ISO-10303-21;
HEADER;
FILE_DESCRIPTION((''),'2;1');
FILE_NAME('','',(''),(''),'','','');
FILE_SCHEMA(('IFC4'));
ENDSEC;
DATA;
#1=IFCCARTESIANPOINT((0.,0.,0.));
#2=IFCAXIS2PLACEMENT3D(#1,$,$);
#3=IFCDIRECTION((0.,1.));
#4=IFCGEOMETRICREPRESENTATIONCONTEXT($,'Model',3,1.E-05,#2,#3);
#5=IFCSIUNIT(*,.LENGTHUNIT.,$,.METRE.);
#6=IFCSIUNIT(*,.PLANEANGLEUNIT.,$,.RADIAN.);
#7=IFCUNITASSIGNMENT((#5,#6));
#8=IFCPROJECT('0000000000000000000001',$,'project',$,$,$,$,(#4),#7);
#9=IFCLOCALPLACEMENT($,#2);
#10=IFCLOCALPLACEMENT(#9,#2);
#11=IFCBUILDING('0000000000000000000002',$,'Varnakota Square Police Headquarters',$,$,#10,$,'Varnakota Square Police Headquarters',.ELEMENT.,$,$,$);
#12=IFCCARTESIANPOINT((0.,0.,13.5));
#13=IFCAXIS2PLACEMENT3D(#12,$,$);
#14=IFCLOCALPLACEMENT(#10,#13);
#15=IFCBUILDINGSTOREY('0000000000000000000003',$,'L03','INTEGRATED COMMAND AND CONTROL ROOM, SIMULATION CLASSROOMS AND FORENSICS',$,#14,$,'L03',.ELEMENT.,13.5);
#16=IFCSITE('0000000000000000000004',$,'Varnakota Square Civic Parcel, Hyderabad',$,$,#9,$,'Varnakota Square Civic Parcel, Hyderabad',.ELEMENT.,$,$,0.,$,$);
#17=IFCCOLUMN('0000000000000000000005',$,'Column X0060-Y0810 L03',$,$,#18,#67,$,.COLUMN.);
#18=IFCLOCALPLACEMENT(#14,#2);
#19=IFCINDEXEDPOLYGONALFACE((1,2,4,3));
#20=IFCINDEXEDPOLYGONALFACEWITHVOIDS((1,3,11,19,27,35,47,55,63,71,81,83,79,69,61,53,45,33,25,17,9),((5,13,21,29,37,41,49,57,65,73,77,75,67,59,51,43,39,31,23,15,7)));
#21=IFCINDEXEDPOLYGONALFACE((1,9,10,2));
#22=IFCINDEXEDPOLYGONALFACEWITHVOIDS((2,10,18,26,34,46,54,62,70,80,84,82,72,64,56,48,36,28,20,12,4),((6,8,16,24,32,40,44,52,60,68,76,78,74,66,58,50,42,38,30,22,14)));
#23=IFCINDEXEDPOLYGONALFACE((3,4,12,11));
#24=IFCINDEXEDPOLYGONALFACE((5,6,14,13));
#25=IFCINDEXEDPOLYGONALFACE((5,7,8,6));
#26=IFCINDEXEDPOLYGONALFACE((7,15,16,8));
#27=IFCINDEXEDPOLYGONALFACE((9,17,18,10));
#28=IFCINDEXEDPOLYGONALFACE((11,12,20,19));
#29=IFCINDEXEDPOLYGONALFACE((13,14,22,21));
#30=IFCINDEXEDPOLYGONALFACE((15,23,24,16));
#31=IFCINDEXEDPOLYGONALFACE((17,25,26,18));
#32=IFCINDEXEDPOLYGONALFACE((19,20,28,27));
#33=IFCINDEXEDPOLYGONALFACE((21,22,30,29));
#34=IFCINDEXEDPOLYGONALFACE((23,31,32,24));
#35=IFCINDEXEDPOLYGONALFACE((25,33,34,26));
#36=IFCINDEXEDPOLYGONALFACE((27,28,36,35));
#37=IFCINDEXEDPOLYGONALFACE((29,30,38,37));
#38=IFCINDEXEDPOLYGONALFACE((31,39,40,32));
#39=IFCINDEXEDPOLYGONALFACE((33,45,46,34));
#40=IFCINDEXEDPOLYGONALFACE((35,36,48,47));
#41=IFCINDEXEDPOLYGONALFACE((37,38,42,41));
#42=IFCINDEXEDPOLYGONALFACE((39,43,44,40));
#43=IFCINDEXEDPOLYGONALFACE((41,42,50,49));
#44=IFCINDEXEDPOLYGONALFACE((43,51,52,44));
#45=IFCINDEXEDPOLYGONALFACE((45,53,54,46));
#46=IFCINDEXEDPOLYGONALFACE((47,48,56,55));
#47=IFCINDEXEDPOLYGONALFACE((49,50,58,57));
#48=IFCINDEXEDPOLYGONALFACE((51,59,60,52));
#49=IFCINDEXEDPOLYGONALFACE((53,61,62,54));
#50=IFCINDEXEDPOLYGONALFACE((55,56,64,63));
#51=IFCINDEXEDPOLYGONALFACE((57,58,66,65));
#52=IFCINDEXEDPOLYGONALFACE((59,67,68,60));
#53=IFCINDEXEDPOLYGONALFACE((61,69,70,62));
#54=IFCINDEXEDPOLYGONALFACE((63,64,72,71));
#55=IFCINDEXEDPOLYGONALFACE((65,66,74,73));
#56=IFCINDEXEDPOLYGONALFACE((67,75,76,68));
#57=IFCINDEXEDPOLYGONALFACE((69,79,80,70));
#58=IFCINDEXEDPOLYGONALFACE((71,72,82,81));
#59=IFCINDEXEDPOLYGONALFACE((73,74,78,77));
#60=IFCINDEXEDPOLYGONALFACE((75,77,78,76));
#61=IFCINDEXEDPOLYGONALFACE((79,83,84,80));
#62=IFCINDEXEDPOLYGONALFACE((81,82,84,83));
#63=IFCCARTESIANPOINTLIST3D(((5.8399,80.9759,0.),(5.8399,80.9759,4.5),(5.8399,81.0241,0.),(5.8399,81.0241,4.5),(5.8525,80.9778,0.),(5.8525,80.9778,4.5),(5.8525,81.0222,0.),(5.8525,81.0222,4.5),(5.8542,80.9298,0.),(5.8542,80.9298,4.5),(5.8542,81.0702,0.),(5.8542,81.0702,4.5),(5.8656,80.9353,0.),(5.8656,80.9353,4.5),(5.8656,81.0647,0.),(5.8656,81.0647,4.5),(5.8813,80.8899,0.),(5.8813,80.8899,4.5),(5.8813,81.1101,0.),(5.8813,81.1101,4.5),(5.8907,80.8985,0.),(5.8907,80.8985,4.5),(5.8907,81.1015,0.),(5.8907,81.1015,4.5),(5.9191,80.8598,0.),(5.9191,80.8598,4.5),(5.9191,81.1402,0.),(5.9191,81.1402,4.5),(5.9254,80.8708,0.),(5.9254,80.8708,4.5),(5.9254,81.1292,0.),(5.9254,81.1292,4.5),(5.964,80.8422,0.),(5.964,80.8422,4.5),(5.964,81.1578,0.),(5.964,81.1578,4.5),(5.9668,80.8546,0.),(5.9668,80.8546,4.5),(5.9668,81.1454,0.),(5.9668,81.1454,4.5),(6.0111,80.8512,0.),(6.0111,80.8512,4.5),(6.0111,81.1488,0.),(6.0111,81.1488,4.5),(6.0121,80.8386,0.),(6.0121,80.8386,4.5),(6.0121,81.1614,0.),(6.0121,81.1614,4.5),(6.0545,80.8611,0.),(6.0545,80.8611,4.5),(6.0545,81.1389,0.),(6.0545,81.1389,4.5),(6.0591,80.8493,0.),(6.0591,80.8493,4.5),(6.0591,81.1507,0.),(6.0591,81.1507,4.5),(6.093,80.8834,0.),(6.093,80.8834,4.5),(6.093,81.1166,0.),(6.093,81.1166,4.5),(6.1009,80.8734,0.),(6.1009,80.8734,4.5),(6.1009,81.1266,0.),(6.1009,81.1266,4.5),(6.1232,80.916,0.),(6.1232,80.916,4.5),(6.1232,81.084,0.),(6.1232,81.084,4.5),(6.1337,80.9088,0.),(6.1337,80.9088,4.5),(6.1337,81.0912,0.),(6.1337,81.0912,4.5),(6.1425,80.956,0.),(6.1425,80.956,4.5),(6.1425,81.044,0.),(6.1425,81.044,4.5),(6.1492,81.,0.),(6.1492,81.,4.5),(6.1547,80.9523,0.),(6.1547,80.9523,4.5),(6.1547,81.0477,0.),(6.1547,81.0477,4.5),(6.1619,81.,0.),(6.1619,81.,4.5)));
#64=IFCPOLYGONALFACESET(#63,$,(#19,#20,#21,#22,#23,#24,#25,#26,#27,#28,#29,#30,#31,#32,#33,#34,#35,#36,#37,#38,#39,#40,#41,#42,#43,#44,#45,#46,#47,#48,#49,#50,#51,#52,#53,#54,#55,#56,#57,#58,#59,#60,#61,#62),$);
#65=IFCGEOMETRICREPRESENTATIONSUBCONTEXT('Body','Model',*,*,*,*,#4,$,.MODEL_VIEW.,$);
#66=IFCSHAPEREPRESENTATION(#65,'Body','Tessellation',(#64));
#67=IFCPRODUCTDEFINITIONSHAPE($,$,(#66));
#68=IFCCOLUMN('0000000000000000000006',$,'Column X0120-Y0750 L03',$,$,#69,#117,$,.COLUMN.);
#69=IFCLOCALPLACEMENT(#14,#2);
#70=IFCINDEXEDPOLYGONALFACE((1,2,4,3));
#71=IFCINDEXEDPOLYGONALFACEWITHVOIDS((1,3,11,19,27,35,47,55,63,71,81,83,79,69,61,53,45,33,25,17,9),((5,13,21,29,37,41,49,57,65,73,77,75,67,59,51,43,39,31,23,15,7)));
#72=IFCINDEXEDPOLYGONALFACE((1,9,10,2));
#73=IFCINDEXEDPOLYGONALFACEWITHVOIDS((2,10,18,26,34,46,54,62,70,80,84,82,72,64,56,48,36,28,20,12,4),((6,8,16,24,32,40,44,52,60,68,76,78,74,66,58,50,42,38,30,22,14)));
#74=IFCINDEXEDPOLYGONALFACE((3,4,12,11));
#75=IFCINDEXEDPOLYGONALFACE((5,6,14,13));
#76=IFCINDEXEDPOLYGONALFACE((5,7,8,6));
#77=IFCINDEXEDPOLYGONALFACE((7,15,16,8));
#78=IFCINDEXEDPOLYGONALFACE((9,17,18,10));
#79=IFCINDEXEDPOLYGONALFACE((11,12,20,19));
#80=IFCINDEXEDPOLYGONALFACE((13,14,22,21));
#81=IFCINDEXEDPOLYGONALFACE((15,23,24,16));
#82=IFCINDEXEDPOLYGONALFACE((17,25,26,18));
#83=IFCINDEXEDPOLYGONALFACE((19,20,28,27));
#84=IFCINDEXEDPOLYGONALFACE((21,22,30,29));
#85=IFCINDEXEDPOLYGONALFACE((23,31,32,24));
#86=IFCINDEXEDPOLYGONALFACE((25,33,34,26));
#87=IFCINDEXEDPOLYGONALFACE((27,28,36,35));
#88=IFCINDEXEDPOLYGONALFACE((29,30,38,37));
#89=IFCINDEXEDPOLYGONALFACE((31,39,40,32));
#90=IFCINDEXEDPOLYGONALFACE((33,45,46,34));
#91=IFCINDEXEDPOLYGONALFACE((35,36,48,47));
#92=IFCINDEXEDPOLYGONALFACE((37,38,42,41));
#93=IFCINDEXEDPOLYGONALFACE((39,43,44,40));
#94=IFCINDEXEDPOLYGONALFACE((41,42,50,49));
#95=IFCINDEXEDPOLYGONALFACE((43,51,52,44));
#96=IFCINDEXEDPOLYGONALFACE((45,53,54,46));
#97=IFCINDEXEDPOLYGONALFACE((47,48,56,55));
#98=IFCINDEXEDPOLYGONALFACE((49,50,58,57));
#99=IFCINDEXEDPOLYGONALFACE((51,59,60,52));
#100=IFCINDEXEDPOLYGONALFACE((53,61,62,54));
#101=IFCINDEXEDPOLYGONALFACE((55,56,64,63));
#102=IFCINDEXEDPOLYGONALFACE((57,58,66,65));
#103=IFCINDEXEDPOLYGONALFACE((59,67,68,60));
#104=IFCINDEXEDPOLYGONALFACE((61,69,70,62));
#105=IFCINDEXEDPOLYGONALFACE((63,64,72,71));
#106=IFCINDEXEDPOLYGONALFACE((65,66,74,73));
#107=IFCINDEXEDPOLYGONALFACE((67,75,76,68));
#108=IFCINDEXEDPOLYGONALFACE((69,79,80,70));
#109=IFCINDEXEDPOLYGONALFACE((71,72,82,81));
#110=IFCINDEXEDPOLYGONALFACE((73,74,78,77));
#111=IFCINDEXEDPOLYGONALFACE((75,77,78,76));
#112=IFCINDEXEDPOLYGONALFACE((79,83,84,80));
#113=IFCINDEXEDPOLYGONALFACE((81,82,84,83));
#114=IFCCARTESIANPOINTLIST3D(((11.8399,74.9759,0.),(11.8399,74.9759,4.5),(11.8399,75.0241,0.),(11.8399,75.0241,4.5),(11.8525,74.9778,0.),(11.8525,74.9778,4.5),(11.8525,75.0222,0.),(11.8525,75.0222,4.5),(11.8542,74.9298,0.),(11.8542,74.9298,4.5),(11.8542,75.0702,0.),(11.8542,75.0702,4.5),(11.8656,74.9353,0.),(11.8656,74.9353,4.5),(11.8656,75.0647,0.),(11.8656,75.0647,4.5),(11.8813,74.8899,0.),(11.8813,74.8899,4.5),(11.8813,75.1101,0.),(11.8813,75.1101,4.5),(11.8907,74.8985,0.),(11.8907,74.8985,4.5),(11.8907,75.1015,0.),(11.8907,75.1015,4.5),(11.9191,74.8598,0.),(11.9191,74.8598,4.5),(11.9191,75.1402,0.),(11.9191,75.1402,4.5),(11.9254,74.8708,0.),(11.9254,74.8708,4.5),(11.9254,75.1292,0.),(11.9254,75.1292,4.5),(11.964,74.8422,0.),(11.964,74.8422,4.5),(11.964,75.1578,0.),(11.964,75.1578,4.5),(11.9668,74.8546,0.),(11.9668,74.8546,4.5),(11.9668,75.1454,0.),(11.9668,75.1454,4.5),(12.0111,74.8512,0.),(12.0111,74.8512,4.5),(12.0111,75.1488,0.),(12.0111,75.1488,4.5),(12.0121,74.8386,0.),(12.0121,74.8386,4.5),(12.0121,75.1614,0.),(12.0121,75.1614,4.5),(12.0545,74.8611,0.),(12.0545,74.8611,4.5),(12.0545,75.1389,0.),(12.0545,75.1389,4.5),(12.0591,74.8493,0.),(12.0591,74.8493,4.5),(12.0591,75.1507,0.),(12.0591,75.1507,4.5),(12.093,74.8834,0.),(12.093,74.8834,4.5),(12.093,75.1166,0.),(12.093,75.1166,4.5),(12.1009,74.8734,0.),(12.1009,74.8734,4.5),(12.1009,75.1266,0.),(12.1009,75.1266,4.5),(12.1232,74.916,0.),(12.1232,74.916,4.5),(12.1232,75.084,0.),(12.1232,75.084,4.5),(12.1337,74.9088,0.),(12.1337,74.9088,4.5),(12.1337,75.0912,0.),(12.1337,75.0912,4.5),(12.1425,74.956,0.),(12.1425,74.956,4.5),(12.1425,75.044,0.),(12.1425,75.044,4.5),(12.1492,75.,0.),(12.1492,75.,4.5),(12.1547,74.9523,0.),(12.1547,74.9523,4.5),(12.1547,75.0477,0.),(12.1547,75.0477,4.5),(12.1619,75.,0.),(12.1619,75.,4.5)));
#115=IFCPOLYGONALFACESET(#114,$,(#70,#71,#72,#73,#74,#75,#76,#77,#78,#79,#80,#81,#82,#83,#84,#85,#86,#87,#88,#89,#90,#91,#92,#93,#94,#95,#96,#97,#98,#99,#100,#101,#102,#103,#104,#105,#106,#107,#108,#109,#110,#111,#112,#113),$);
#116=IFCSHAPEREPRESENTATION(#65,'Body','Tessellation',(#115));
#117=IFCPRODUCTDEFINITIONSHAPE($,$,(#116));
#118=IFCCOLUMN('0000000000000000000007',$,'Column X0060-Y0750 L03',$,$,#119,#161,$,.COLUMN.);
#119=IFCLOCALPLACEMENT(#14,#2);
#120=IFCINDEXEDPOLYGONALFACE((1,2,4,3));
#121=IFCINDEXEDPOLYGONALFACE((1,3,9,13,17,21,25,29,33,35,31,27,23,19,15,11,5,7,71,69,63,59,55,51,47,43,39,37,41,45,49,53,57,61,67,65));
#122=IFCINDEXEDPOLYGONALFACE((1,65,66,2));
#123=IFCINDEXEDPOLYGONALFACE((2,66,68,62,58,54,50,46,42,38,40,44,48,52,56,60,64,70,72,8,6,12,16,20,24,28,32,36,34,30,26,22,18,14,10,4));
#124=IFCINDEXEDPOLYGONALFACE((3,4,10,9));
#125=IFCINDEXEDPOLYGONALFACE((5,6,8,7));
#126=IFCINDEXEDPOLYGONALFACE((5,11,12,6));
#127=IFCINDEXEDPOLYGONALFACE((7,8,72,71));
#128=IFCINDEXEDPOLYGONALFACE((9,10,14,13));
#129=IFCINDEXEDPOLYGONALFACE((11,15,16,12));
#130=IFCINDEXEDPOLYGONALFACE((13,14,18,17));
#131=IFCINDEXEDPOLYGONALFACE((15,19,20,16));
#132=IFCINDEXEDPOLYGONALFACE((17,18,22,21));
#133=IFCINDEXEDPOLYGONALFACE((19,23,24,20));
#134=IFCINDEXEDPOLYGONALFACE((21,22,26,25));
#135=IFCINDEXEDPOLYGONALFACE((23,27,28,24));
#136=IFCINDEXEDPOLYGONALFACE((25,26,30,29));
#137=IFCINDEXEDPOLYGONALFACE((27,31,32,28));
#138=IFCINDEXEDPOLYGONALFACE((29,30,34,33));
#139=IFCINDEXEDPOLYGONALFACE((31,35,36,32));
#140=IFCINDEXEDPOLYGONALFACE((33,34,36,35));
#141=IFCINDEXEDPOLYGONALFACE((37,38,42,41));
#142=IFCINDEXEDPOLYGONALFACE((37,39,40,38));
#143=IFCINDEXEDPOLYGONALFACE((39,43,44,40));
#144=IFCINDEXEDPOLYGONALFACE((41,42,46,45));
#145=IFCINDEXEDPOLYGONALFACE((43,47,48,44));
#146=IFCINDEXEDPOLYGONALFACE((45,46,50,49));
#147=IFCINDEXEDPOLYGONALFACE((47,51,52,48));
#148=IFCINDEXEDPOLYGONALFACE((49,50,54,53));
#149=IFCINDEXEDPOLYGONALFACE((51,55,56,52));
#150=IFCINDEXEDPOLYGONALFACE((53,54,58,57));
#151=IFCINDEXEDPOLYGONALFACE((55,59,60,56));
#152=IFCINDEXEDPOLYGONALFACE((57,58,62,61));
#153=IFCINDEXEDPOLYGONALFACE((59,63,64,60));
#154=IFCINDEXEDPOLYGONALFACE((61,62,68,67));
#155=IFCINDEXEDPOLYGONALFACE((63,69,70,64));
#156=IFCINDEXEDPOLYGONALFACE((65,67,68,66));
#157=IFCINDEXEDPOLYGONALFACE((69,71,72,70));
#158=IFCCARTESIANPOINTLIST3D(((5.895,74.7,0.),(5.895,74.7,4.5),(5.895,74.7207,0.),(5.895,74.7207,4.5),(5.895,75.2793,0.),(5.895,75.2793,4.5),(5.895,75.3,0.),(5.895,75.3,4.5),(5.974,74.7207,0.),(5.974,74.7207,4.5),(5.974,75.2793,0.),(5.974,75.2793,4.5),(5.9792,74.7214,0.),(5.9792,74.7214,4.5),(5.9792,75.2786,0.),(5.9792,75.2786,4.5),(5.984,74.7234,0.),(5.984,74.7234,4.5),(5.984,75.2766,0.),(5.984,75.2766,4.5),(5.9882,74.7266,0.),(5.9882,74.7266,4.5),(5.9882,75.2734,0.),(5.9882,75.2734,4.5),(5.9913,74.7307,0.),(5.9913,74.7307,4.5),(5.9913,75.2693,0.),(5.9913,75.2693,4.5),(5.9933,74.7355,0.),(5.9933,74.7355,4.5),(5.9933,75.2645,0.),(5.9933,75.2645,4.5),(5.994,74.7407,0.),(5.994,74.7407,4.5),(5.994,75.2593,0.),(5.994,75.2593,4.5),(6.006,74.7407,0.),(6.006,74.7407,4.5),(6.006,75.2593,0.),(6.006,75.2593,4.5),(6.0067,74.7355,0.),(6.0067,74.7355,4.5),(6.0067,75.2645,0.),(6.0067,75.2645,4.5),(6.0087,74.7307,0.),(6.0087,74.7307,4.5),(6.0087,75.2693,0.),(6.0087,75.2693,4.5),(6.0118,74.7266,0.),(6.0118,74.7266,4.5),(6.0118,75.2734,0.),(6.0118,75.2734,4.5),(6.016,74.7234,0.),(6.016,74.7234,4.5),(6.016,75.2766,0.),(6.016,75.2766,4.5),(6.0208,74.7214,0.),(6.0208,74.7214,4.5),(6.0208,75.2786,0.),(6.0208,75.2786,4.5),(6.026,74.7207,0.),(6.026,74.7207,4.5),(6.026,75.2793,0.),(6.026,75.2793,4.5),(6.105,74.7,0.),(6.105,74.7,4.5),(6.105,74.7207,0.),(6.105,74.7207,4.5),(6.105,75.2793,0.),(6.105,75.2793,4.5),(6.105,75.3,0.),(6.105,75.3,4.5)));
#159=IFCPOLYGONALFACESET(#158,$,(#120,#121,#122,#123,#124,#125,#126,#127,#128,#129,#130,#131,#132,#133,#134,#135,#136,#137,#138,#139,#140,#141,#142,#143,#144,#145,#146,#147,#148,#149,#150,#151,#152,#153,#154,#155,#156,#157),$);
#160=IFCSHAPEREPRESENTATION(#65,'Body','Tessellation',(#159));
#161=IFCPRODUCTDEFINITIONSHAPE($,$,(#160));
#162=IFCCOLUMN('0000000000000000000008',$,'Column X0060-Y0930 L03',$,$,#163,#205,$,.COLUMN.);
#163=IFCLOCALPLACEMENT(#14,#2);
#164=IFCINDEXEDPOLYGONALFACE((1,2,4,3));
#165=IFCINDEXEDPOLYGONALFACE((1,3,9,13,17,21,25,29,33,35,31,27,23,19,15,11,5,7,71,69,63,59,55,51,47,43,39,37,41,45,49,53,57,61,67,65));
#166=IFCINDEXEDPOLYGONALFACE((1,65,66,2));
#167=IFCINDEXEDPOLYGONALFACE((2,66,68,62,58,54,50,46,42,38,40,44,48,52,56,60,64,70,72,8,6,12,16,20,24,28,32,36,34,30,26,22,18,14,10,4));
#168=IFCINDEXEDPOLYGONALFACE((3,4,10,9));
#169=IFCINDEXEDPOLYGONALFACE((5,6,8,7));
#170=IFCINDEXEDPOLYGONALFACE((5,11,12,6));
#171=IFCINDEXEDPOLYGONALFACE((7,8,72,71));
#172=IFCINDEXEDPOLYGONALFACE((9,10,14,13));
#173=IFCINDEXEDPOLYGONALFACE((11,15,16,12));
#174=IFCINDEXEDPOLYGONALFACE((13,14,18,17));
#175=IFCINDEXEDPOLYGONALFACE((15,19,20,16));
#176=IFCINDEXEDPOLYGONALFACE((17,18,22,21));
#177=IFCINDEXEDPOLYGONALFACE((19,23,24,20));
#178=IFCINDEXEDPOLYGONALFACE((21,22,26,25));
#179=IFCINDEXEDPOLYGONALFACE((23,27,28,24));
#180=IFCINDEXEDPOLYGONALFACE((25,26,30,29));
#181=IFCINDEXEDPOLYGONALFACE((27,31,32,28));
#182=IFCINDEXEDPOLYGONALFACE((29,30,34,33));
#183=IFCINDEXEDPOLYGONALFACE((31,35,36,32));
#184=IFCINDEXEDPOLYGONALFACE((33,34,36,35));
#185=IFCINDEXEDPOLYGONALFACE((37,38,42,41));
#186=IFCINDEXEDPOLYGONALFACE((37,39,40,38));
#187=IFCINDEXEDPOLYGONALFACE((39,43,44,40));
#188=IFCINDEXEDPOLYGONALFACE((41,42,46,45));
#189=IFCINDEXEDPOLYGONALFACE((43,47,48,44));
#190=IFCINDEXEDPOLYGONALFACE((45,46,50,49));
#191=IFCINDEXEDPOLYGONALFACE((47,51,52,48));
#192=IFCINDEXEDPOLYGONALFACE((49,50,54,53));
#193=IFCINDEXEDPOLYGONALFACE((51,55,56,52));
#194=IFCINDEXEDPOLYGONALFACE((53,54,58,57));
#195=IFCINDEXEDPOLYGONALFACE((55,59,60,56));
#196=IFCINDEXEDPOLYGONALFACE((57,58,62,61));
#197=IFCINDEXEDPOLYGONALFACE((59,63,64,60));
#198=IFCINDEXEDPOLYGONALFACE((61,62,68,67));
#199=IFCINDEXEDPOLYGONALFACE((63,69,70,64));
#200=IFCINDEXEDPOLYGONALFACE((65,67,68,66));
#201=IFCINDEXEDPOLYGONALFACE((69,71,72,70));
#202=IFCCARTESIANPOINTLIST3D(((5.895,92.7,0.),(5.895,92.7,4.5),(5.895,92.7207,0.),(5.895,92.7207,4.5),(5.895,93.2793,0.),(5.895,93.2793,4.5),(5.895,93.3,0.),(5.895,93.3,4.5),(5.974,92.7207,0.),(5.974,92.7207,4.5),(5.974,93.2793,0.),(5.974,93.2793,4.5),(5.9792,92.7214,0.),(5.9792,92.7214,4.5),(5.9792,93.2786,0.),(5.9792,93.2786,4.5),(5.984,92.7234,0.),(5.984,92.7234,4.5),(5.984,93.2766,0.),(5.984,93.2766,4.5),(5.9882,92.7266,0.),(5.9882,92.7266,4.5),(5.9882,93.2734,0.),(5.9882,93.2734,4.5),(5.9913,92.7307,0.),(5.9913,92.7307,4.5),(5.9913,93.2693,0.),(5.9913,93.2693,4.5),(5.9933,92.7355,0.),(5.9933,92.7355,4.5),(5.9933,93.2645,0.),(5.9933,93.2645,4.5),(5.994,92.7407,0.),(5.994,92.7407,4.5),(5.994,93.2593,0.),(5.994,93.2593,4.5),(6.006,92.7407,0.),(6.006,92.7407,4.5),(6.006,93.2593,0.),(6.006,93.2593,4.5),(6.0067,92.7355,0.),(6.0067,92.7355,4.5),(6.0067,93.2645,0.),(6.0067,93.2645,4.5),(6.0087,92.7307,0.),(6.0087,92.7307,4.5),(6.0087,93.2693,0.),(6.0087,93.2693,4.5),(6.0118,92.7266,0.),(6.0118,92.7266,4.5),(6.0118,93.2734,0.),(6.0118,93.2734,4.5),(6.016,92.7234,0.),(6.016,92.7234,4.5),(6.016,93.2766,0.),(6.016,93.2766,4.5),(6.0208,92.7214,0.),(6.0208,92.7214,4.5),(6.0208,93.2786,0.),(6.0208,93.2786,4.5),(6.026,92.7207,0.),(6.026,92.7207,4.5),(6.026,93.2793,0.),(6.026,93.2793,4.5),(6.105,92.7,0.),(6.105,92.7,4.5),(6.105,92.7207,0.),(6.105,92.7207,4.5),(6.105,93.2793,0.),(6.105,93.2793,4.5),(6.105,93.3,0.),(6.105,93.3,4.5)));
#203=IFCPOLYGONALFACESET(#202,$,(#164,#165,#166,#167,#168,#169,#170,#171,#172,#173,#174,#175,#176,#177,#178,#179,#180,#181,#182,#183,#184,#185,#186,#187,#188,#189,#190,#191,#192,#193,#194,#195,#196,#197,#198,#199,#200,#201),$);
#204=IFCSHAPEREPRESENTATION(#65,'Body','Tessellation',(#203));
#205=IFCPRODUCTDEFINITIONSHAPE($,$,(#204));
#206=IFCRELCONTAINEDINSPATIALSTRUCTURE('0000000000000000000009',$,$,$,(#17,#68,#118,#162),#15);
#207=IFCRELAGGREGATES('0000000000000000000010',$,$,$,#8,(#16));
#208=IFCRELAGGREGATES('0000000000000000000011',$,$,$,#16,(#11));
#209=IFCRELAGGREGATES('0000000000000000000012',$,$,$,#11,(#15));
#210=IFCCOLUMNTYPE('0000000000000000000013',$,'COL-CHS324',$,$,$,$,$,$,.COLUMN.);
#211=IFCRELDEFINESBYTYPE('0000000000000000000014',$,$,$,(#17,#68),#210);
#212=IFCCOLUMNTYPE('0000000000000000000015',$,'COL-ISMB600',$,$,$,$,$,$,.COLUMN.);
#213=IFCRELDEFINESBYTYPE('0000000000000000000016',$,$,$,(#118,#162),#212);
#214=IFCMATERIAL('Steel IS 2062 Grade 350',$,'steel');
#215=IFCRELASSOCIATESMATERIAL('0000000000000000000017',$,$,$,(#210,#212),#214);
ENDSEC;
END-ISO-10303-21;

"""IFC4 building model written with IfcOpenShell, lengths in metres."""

from ifc_helpers import new_model, si_unit, direction, frame, origin, origin_2d, place, context, subcontext, project, spatial, hollow_circle, i_section, extrude, material, material_profile, profile_set, type_object, element, save


model = new_model("IFC4")

# Units and contexts
model_context = context("Model", 3, precision=1e-05, world=origin(), true_north=direction((0.0, 1.0)))
body_context = subcontext(model_context, "Body", "Model", "MODEL_VIEW")
ifc_project = project(units=[si_unit("LENGTHUNIT", "METRE"), si_unit("PLANEANGLEUNIT", "RADIAN")], contexts=[model_context])

# Site, building, storey
site_placement = place(None, origin())
site = spatial("IfcSite", under=ifc_project, at=site_placement, Name="Varnakota Square Civic Parcel, Hyderabad", LongName="Varnakota Square Civic Parcel, Hyderabad", CompositionType="ELEMENT", RefElevation=0.0)
building_placement = place(site_placement, origin())
building = spatial("IfcBuilding", under=site, at=building_placement, Name="Varnakota Square Police Headquarters", LongName="Varnakota Square Police Headquarters", CompositionType="ELEMENT")
storey_placement = place(building_placement, frame((0.0, 0.0, 13.5)))
storey = spatial("IfcBuildingStorey", under=building, at=storey_placement, Name="L03", Description="INTEGRATED COMMAND AND CONTROL ROOM, SIMULATION CLASSROOMS AND FORENSICS", LongName="L03", CompositionType="ELEMENT", Elevation=13.5)

# Columns
ifc_material_1 = material(Name="Steel IS 2062 Grade 350", Category="steel")
ifc_material_profile_1 = material_profile(ifc_material_1, hollow_circle(Radius=0.1619, WallThickness=0.0127, at=origin_2d()), Name="CHS 323.9x12.7")
ifc_profile_set_1 = profile_set([ifc_material_profile_1], Name="Steel IS 2062 Grade 350")
column_type_1 = type_object("IfcColumnType", Name="COL-CHS324", PredefinedType="COLUMN", material=ifc_profile_set_1)
for number, where, z_axis, x_axis, name in (
    (1, (6.0, 81.0, 0.0), (0.0, 0.0, 1.0), (1.0, 0.0, 0.0), "Column X0060-Y0810 L03"),
    (2, (12.0, 75.0, 0.0), (0.0, 0.0, 1.0), (1.0, 0.0, 0.0), "Column X0120-Y0750 L03"),
):
    element("IfcColumn", number, at=place(storey_placement, frame(where, z_axis=z_axis, x_axis=x_axis)), inside=storey, type_object=column_type_1, Name=name, PredefinedType="COLUMN", context=body_context, shape_type="SweptSolid", body=[
        extrude(hollow_circle(Radius=0.1619, WallThickness=0.0127, at=origin_2d()), origin(), (0.0, 0.0, 1.0), 4.5),
    ])
ifc_material_profile_2 = material_profile(ifc_material_1, i_section(OverallWidth=0.21, OverallDepth=0.6001, WebThickness=0.012, FlangeThickness=0.0208, FilletRadius=0.02, at=origin_2d()), Name="ISMB 600")
ifc_profile_set_2 = profile_set([ifc_material_profile_2], Name="Steel IS 2062 Grade 350")
column_type_2 = type_object("IfcColumnType", Name="COL-ISMB600", PredefinedType="COLUMN", material=ifc_profile_set_2)
for number, where, z_axis, x_axis, name in (
    (3, (6.0, 75.0, 0.0), (0.0, 0.0, 1.0), (1.0, 0.0, 0.0), "Column X0060-Y0750 L03"),
    (4, (6.0, 93.0, 0.0), (0.0, 0.0, 1.0), (1.0, 0.0, 0.0), "Column X0060-Y0930 L03"),
):
    element("IfcColumn", number, at=place(storey_placement, frame(where, z_axis=z_axis, x_axis=x_axis)), inside=storey, type_object=column_type_2, Name=name, PredefinedType="COLUMN", context=body_context, shape_type="SweptSolid", body=[
        extrude(i_section(OverallWidth=0.21, OverallDepth=0.6001, WebThickness=0.012, FlangeThickness=0.0208, FilletRadius=0.02, at=origin_2d()), origin(), (0.0, 0.0, 1.0), 4.5),
    ])

save(model, "model.ifc")
